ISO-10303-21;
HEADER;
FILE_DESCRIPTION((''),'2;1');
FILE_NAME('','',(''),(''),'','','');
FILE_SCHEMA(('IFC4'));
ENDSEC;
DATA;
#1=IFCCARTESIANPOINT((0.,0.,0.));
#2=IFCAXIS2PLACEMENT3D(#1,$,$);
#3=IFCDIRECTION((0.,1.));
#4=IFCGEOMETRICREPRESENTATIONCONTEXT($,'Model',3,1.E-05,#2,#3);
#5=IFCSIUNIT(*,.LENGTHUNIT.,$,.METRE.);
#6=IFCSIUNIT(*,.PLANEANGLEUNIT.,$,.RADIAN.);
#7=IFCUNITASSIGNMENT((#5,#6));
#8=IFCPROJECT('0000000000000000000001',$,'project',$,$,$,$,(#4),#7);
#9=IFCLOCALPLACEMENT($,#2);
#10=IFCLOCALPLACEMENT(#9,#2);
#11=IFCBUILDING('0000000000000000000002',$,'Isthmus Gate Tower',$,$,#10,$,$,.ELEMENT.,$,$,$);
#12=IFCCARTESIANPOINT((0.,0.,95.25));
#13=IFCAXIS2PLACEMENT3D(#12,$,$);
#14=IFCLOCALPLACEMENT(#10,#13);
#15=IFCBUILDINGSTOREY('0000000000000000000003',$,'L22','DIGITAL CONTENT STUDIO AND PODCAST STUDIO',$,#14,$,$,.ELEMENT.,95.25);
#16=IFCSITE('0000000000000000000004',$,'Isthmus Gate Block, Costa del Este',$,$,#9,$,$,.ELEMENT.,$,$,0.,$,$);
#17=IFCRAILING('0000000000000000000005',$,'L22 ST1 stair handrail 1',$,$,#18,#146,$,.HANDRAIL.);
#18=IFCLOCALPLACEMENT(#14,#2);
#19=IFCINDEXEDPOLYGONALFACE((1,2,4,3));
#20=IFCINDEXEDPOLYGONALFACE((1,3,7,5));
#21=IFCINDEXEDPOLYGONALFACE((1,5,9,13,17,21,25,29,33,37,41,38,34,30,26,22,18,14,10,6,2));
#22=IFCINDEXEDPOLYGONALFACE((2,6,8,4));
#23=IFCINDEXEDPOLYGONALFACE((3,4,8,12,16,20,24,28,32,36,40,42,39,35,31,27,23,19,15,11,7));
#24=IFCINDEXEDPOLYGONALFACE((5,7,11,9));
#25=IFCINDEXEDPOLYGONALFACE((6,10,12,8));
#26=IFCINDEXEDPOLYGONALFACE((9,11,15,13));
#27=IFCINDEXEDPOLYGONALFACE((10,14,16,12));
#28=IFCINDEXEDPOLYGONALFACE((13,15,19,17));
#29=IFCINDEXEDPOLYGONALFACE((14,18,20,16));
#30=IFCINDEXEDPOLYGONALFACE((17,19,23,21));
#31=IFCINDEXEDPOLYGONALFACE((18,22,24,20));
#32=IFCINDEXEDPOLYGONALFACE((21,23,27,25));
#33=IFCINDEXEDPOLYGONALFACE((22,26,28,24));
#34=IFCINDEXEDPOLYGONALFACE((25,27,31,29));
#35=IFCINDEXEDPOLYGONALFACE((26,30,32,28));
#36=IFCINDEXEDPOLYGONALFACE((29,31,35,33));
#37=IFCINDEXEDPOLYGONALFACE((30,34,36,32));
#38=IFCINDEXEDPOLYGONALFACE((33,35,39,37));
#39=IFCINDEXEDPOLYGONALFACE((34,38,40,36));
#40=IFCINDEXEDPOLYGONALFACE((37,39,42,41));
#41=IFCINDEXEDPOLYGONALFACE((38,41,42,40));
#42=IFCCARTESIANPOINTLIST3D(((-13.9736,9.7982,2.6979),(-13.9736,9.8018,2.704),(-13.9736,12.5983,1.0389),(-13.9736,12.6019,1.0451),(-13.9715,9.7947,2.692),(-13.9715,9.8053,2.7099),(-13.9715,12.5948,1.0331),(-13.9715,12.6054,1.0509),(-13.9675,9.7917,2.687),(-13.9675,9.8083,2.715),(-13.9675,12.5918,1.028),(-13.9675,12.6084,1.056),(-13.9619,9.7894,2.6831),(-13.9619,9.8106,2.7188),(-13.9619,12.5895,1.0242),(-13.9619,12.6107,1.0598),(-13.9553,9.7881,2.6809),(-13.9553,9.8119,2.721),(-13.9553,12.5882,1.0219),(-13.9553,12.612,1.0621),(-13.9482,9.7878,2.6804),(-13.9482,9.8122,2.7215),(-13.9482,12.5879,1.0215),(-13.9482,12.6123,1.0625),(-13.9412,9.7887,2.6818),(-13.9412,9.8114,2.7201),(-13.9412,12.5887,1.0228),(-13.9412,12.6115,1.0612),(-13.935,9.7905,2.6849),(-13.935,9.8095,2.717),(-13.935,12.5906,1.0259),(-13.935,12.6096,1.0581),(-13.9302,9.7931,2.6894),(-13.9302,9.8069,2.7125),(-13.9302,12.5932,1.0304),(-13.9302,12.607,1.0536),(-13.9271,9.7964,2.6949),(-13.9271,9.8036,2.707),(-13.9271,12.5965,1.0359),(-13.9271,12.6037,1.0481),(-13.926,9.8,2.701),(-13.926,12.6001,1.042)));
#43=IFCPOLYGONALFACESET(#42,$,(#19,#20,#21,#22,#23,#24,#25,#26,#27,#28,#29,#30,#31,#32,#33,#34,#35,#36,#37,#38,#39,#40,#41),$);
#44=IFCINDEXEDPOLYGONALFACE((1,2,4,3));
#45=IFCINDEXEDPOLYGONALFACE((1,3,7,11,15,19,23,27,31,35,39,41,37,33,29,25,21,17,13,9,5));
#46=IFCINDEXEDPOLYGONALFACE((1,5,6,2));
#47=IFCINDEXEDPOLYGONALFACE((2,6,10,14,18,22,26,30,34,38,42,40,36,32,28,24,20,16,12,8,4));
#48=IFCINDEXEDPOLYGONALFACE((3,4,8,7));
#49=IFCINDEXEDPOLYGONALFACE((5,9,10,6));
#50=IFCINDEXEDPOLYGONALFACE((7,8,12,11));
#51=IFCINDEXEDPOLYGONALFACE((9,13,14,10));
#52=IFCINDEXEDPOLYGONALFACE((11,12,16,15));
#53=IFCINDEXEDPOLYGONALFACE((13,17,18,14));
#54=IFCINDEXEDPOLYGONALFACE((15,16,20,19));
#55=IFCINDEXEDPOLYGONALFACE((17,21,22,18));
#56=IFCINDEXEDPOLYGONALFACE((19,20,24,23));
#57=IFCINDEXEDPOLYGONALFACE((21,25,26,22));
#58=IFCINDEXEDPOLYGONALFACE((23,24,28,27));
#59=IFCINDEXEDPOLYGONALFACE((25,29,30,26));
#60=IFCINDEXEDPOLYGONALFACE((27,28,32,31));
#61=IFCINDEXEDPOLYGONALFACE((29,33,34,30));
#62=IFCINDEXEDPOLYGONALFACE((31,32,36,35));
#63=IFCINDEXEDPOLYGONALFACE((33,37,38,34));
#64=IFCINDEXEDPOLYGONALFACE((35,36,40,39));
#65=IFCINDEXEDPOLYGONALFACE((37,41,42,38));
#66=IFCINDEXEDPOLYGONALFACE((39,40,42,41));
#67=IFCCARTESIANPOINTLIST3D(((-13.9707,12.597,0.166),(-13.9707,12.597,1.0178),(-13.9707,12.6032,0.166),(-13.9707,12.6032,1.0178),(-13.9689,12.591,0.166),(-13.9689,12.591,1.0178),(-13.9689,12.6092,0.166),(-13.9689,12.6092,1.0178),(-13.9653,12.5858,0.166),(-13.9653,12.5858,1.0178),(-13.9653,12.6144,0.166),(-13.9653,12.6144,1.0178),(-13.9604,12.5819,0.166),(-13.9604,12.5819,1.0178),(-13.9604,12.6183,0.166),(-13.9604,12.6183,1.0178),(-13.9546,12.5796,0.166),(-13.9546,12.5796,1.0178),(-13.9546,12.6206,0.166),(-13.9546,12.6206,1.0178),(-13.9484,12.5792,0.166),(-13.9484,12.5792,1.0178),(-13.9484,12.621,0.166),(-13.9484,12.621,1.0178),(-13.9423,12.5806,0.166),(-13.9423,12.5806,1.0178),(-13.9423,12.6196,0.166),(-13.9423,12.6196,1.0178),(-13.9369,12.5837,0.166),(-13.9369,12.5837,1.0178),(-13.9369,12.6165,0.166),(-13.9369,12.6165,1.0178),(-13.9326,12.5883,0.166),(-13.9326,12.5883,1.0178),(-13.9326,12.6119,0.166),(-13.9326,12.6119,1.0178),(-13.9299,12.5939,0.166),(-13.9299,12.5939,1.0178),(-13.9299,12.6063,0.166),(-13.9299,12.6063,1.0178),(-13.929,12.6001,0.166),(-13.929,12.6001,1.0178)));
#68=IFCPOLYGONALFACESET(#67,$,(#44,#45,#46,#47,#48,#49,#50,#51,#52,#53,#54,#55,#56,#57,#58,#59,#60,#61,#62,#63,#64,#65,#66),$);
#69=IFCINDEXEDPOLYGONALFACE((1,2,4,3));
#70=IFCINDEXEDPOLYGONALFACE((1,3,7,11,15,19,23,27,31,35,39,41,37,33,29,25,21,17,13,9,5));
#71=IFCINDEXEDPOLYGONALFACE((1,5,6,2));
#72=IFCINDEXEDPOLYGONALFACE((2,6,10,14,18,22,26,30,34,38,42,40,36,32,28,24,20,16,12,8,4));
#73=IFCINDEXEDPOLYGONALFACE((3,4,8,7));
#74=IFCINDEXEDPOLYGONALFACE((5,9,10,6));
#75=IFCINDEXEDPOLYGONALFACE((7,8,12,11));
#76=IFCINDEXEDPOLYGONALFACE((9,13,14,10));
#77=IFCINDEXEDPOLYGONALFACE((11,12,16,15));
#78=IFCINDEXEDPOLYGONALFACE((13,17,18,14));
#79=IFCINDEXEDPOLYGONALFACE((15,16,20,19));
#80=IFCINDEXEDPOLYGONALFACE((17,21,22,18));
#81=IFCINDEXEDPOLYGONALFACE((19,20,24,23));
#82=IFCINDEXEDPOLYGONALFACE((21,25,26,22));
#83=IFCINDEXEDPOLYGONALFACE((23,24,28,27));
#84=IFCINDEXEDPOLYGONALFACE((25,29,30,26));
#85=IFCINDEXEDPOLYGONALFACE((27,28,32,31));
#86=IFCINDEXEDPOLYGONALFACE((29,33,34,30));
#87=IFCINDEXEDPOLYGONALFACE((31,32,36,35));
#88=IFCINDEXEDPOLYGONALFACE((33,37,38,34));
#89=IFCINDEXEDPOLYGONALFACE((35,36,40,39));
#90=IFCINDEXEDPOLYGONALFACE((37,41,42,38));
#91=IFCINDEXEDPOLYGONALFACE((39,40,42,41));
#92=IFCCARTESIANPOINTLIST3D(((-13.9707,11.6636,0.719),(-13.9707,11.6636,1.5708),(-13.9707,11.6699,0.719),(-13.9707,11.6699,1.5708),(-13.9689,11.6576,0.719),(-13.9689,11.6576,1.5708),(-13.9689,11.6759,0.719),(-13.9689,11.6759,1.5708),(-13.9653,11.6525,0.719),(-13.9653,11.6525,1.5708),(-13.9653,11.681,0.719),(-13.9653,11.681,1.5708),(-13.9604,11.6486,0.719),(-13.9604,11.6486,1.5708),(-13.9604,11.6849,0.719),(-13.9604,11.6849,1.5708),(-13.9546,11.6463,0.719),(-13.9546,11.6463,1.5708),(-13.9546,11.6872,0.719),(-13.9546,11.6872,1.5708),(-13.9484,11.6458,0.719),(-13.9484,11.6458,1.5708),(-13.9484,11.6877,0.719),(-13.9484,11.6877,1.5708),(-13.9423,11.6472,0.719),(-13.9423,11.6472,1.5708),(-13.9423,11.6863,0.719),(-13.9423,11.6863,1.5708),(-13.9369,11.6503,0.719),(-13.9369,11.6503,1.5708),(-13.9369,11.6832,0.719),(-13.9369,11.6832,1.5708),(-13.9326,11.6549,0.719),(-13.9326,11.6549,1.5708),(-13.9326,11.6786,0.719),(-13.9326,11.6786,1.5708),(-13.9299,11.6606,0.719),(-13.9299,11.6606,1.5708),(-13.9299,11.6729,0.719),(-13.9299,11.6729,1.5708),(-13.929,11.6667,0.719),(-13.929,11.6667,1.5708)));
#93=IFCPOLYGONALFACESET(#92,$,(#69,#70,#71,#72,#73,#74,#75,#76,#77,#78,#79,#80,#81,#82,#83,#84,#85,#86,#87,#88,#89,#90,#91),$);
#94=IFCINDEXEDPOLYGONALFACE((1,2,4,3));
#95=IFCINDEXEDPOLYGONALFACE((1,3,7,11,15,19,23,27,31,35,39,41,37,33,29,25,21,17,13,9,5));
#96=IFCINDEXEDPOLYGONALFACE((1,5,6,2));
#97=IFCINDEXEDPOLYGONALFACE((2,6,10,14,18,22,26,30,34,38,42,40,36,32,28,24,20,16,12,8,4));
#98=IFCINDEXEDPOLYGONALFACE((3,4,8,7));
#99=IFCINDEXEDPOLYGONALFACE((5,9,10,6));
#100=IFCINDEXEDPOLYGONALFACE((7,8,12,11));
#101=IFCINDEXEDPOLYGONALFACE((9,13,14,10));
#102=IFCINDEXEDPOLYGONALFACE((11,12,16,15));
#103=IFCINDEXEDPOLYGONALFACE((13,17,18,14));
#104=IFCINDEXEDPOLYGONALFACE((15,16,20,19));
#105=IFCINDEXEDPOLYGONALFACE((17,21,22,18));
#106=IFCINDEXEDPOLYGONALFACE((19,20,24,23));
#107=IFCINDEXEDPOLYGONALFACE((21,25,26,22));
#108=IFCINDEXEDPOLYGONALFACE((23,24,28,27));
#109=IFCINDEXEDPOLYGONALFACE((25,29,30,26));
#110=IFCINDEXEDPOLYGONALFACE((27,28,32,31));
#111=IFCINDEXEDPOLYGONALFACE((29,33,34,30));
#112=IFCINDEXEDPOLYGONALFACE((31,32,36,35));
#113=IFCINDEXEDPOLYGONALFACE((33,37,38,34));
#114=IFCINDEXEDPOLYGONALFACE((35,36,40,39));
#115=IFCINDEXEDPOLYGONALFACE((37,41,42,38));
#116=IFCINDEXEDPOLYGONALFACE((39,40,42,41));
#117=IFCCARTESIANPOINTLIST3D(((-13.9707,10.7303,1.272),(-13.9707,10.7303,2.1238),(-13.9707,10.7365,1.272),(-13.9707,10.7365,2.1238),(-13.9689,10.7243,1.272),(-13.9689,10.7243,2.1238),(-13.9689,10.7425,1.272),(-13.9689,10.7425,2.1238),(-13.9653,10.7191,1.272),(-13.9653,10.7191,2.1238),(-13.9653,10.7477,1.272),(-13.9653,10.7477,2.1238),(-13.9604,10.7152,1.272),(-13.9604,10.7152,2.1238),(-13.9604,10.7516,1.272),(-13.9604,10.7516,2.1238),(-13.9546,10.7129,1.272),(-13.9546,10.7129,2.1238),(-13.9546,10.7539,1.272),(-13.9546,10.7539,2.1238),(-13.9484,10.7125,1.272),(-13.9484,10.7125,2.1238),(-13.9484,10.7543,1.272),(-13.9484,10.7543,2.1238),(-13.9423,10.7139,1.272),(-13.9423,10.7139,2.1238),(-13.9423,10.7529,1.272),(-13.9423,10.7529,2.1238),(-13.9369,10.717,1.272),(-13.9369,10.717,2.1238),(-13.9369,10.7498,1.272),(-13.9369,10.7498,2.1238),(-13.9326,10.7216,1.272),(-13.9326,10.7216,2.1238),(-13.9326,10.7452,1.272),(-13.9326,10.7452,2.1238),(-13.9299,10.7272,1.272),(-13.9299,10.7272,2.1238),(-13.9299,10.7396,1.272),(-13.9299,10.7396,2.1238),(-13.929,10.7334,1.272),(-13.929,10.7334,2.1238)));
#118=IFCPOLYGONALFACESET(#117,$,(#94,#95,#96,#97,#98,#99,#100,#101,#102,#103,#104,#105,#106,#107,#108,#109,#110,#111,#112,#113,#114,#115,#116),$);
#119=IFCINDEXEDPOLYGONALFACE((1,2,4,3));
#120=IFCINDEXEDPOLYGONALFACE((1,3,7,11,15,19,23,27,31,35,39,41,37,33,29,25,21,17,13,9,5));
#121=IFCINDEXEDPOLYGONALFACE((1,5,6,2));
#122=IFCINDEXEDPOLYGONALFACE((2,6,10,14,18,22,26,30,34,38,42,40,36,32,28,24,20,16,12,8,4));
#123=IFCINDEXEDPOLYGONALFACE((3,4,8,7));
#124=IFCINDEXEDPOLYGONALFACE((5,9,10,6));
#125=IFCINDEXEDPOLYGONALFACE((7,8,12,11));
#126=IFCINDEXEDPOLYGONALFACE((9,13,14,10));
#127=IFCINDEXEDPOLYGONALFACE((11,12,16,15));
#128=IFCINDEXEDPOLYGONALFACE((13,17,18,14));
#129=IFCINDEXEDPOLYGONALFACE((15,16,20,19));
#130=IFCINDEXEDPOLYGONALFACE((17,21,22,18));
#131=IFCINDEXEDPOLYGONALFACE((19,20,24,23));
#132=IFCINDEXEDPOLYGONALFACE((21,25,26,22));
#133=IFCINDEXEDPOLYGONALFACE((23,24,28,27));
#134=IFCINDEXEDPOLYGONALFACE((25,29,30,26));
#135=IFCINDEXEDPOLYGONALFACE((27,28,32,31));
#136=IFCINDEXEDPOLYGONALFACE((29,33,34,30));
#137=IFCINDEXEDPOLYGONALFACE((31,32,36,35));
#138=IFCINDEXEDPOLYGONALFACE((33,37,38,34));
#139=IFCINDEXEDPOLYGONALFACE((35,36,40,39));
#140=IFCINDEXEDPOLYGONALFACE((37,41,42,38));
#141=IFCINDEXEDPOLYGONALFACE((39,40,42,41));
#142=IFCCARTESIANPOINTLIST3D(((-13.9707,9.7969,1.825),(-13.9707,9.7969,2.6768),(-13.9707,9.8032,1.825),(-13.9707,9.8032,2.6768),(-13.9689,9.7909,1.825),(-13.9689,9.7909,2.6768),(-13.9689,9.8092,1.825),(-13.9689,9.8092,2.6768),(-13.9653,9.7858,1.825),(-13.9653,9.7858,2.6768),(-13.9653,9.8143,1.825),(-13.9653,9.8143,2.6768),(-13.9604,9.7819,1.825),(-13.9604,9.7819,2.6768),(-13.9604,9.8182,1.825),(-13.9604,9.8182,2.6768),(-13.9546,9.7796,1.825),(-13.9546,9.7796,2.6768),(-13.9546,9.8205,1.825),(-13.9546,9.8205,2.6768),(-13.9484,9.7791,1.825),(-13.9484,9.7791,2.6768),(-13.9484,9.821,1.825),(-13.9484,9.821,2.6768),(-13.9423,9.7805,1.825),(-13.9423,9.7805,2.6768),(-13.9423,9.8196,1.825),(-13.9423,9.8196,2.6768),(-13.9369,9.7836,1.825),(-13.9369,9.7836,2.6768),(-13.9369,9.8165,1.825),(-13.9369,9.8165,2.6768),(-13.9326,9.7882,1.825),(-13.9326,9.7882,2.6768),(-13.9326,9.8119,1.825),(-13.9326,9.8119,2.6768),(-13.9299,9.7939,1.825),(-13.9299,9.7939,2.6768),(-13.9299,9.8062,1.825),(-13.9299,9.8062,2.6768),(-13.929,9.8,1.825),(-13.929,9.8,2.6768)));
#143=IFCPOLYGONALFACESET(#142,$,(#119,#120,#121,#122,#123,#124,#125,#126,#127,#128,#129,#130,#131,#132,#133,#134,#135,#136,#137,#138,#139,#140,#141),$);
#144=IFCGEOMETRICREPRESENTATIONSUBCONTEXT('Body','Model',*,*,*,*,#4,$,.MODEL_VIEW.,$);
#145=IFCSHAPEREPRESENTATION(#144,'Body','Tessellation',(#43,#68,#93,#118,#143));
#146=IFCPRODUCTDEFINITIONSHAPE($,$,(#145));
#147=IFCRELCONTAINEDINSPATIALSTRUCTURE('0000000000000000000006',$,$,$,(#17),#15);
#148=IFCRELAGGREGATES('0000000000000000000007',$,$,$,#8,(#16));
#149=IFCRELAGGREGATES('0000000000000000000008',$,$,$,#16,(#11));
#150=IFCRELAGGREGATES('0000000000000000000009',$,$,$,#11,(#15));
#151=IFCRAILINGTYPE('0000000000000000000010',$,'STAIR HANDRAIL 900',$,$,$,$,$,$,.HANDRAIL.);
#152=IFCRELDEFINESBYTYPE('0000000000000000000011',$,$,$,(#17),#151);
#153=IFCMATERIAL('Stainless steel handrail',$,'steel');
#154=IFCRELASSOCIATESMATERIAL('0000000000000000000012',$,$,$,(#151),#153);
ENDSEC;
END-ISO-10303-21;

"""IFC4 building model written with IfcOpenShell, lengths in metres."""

from ifc_helpers import new_model, si_unit, direction, frame, origin, origin_2d, place, context, subcontext, project, spatial, circle, extrude, material, type_object, element, save


model = new_model("IFC4")

# Units and contexts
model_context = context("Model", 3, precision=1e-05, world=origin(), true_north=direction((0.0, 1.0)))
body_context = subcontext(model_context, "Body", "Model", "MODEL_VIEW")
ifc_project = project(units=[si_unit("LENGTHUNIT", "METRE"), si_unit("PLANEANGLEUNIT", "RADIAN")], contexts=[model_context])

# Site, building, storey
site_placement = place(None, origin())
site = spatial("IfcSite", under=ifc_project, at=site_placement, Name="Isthmus Gate Block, Costa del Este", CompositionType="ELEMENT", RefElevation=0.0)
building_placement = place(site_placement, origin())
building = spatial("IfcBuilding", under=site, at=building_placement, Name="Isthmus Gate Tower", CompositionType="ELEMENT")
storey_placement = place(building_placement, frame((0.0, 0.0, 95.25)))
storey = spatial("IfcBuildingStorey", under=building, at=storey_placement, Name="L22", Description="DIGITAL CONTENT STUDIO AND PODCAST STUDIO", CompositionType="ELEMENT", Elevation=95.25)

# Railing
ifc_material_1 = material(Name="Stainless steel handrail", Category="steel")
railing_type_1 = type_object("IfcRailingType", Name="STAIR HANDRAIL 900", PredefinedType="HANDRAIL", material=ifc_material_1)
railing_1_placement = place(storey_placement, frame((-13.95, 12.6001, 0.166)))
element("IfcRailing", 1, at=railing_1_placement, inside=storey, type_object=railing_type_1, Name="L22 ST1 stair handrail 1", PredefinedType="HANDRAIL", context=body_context, shape_type="SweptSolid", body=[
    extrude(circle(Radius=0.0239, at=origin_2d()), frame((0.0, 0.0, 0.876), z_axis=(0.0, -0.860339, 0.509722), x_axis=(1.0, 0.0, 0.0)), (0.0, 0.0, 1.0), 3.2546),
    extrude(circle(Radius=0.021, at=origin_2d()), origin(), (0.0, 0.0, 1.0), 0.8518),
    extrude(circle(Radius=0.021, at=origin_2d()), frame((0.0, -0.9333, 0.553)), (0.0, 0.0, 1.0), 0.8518),
    extrude(circle(Radius=0.021, at=origin_2d()), frame((0.0, -1.8667, 1.106)), (0.0, 0.0, 1.0), 0.8518),
    extrude(circle(Radius=0.021, at=origin_2d()), frame((0.0, -2.8, 1.6589)), (0.0, 0.0, 1.0), 0.8518),
])

save(model, "model.ifc")
